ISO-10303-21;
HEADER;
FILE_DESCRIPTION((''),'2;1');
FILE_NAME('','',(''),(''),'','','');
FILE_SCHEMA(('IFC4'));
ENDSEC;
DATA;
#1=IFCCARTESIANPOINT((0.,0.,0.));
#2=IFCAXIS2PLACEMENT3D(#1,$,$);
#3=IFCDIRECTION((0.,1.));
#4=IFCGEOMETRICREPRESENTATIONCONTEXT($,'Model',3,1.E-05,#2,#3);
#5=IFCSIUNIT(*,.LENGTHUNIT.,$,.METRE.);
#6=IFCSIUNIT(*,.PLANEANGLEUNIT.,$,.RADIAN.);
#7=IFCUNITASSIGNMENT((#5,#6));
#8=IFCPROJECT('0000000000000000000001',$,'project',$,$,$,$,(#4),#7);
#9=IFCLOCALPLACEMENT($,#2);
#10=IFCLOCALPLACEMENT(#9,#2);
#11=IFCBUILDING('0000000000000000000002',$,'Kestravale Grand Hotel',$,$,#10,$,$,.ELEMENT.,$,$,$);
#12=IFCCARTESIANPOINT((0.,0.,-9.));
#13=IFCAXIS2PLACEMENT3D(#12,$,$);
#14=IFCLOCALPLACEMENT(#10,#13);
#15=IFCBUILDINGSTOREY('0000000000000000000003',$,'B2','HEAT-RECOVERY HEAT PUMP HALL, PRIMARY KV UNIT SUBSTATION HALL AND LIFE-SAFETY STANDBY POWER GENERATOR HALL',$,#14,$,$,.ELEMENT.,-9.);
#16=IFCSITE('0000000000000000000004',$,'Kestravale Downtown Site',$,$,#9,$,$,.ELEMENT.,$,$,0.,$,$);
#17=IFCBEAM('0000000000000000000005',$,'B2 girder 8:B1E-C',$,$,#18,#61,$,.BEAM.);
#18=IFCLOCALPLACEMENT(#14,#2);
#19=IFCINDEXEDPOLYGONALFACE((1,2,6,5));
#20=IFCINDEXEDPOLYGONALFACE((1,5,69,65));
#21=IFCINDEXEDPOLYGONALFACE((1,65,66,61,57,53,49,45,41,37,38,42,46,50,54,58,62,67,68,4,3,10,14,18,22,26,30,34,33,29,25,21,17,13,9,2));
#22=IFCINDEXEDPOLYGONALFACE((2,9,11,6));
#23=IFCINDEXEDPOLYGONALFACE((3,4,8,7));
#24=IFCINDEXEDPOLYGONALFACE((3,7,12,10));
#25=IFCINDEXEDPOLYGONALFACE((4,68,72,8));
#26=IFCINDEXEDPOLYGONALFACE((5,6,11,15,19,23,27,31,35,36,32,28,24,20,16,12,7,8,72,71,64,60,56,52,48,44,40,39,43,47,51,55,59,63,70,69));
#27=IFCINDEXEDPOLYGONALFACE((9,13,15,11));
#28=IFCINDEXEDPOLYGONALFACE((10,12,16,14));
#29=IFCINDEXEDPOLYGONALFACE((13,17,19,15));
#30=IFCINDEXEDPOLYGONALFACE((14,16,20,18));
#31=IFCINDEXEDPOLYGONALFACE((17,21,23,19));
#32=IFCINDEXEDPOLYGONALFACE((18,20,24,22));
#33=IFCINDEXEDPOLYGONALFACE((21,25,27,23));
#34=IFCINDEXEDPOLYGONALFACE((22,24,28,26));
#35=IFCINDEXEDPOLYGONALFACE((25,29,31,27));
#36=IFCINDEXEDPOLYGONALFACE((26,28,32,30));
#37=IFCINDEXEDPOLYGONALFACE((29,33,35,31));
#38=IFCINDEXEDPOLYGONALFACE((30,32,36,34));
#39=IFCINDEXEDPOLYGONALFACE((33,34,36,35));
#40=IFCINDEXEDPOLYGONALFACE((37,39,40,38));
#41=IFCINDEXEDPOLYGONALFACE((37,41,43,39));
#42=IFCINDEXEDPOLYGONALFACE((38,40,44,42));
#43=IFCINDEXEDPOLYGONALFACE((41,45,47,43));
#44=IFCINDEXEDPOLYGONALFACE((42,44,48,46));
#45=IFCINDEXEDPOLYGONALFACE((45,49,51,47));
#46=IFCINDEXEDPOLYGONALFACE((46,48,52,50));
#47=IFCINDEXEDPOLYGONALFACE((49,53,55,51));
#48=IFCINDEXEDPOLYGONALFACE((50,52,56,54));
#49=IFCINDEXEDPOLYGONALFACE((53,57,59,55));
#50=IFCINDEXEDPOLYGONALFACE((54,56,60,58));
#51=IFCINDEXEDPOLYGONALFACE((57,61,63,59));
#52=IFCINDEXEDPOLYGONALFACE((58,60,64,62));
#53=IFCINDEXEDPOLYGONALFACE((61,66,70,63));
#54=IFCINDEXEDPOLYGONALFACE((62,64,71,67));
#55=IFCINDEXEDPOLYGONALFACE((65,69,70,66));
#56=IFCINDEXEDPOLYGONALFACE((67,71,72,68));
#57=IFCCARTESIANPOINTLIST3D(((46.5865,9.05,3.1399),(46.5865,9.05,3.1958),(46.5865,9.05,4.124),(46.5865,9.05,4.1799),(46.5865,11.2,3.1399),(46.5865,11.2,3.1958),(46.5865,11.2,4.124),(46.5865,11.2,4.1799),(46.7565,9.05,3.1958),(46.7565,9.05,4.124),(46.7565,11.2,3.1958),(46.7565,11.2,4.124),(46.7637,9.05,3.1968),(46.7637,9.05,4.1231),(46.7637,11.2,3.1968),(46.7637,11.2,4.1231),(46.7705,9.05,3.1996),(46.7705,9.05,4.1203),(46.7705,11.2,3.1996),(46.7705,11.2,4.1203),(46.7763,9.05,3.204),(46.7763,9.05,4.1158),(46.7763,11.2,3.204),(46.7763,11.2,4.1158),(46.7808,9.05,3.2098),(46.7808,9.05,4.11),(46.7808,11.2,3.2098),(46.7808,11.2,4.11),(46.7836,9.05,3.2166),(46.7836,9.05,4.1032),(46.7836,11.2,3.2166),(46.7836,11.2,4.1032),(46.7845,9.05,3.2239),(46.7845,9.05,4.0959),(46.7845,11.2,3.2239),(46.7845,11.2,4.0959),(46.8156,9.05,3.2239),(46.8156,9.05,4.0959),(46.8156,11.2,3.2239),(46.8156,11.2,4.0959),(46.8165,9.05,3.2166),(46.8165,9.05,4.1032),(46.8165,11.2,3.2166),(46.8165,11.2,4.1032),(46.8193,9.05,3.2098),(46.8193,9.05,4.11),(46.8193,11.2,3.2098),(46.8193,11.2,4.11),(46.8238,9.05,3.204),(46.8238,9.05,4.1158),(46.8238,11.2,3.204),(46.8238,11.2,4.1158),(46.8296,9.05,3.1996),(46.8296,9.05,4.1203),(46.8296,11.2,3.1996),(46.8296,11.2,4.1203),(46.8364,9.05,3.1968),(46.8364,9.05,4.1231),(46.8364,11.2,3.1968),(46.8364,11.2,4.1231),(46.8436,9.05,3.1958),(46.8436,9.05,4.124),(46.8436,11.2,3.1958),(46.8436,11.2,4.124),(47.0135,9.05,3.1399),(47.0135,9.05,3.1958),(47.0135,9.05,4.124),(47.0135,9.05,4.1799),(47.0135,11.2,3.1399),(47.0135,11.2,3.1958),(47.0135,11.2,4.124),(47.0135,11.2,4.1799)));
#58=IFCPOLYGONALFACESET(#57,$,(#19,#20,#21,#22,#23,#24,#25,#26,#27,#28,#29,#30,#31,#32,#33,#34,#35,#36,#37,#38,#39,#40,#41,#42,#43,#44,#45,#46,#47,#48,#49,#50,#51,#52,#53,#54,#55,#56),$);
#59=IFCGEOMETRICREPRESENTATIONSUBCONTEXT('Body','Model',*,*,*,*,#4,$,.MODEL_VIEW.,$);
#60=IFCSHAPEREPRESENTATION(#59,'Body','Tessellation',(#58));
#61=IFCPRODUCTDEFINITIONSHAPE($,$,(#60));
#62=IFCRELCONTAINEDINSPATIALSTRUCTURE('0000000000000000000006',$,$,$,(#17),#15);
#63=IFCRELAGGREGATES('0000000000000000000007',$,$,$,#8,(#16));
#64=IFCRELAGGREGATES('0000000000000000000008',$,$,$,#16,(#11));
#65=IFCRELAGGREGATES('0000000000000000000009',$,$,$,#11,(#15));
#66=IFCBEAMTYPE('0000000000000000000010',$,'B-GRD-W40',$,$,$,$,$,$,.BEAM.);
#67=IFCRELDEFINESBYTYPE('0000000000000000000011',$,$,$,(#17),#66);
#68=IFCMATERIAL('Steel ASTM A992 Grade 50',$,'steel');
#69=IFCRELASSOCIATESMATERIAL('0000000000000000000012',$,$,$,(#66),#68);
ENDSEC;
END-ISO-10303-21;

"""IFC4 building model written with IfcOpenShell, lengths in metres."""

from ifc_helpers import new_model, si_unit, direction, frame, origin, origin_2d, place, context, subcontext, project, spatial, i_section, extrude, material, material_profile, profile_set, type_object, element, save


model = new_model("IFC4")

# Units and contexts
model_context = context("Model", 3, precision=1e-05, world=origin(), true_north=direction((0.0, 1.0)))
body_context = subcontext(model_context, "Body", "Model", "MODEL_VIEW")
ifc_project = project(units=[si_unit("LENGTHUNIT", "METRE"), si_unit("PLANEANGLEUNIT", "RADIAN")], contexts=[model_context])

# Site, building, storey
site_placement = place(None, origin())
site = spatial("IfcSite", under=ifc_project, at=site_placement, Name="Kestravale Downtown Site", CompositionType="ELEMENT", RefElevation=0.0)
building_placement = place(site_placement, origin())
building = spatial("IfcBuilding", under=site, at=building_placement, Name="Kestravale Grand Hotel", CompositionType="ELEMENT")
storey_placement = place(building_placement, frame((0.0, 0.0, -9.0)))
storey = spatial("IfcBuildingStorey", under=building, at=storey_placement, Name="B2", Description="HEAT-RECOVERY HEAT PUMP HALL, PRIMARY KV UNIT SUBSTATION HALL AND LIFE-SAFETY STANDBY POWER GENERATOR HALL", CompositionType="ELEMENT", Elevation=-9.0)

# Beam
ifc_material_1 = material(Name="Steel ASTM A992 Grade 50", Category="steel")
ifc_material_profile_1 = material_profile(ifc_material_1, i_section(OverallWidth=0.427, OverallDepth=1.04, WebThickness=0.031, FlangeThickness=0.0559, FilletRadius=0.0281, at=origin_2d()))
ifc_profile_set_1 = profile_set([ifc_material_profile_1], Name="Steel ASTM A992 Grade 50")
beam_type_1 = type_object("IfcBeamType", Name="B-GRD-W40", PredefinedType="BEAM", material=ifc_profile_set_1)
beam_1_placement = place(storey_placement, frame((46.8, 9.05, 3.6599), z_axis=(0.0, 1.0, 0.0), x_axis=(-1.0, 0.0, 0.0)))
element("IfcBeam", 1, at=beam_1_placement, inside=storey, type_object=beam_type_1, Name="B2 girder 8:B1E-C", PredefinedType="BEAM", context=body_context, shape_type="SweptSolid", body=[
    extrude(i_section(OverallWidth=0.427, OverallDepth=1.04, WebThickness=0.031, FlangeThickness=0.0559, FilletRadius=0.0281, at=origin_2d()), origin(), (0.0, 0.0, 1.0), 2.1499),
])

save(model, "model.ifc")
